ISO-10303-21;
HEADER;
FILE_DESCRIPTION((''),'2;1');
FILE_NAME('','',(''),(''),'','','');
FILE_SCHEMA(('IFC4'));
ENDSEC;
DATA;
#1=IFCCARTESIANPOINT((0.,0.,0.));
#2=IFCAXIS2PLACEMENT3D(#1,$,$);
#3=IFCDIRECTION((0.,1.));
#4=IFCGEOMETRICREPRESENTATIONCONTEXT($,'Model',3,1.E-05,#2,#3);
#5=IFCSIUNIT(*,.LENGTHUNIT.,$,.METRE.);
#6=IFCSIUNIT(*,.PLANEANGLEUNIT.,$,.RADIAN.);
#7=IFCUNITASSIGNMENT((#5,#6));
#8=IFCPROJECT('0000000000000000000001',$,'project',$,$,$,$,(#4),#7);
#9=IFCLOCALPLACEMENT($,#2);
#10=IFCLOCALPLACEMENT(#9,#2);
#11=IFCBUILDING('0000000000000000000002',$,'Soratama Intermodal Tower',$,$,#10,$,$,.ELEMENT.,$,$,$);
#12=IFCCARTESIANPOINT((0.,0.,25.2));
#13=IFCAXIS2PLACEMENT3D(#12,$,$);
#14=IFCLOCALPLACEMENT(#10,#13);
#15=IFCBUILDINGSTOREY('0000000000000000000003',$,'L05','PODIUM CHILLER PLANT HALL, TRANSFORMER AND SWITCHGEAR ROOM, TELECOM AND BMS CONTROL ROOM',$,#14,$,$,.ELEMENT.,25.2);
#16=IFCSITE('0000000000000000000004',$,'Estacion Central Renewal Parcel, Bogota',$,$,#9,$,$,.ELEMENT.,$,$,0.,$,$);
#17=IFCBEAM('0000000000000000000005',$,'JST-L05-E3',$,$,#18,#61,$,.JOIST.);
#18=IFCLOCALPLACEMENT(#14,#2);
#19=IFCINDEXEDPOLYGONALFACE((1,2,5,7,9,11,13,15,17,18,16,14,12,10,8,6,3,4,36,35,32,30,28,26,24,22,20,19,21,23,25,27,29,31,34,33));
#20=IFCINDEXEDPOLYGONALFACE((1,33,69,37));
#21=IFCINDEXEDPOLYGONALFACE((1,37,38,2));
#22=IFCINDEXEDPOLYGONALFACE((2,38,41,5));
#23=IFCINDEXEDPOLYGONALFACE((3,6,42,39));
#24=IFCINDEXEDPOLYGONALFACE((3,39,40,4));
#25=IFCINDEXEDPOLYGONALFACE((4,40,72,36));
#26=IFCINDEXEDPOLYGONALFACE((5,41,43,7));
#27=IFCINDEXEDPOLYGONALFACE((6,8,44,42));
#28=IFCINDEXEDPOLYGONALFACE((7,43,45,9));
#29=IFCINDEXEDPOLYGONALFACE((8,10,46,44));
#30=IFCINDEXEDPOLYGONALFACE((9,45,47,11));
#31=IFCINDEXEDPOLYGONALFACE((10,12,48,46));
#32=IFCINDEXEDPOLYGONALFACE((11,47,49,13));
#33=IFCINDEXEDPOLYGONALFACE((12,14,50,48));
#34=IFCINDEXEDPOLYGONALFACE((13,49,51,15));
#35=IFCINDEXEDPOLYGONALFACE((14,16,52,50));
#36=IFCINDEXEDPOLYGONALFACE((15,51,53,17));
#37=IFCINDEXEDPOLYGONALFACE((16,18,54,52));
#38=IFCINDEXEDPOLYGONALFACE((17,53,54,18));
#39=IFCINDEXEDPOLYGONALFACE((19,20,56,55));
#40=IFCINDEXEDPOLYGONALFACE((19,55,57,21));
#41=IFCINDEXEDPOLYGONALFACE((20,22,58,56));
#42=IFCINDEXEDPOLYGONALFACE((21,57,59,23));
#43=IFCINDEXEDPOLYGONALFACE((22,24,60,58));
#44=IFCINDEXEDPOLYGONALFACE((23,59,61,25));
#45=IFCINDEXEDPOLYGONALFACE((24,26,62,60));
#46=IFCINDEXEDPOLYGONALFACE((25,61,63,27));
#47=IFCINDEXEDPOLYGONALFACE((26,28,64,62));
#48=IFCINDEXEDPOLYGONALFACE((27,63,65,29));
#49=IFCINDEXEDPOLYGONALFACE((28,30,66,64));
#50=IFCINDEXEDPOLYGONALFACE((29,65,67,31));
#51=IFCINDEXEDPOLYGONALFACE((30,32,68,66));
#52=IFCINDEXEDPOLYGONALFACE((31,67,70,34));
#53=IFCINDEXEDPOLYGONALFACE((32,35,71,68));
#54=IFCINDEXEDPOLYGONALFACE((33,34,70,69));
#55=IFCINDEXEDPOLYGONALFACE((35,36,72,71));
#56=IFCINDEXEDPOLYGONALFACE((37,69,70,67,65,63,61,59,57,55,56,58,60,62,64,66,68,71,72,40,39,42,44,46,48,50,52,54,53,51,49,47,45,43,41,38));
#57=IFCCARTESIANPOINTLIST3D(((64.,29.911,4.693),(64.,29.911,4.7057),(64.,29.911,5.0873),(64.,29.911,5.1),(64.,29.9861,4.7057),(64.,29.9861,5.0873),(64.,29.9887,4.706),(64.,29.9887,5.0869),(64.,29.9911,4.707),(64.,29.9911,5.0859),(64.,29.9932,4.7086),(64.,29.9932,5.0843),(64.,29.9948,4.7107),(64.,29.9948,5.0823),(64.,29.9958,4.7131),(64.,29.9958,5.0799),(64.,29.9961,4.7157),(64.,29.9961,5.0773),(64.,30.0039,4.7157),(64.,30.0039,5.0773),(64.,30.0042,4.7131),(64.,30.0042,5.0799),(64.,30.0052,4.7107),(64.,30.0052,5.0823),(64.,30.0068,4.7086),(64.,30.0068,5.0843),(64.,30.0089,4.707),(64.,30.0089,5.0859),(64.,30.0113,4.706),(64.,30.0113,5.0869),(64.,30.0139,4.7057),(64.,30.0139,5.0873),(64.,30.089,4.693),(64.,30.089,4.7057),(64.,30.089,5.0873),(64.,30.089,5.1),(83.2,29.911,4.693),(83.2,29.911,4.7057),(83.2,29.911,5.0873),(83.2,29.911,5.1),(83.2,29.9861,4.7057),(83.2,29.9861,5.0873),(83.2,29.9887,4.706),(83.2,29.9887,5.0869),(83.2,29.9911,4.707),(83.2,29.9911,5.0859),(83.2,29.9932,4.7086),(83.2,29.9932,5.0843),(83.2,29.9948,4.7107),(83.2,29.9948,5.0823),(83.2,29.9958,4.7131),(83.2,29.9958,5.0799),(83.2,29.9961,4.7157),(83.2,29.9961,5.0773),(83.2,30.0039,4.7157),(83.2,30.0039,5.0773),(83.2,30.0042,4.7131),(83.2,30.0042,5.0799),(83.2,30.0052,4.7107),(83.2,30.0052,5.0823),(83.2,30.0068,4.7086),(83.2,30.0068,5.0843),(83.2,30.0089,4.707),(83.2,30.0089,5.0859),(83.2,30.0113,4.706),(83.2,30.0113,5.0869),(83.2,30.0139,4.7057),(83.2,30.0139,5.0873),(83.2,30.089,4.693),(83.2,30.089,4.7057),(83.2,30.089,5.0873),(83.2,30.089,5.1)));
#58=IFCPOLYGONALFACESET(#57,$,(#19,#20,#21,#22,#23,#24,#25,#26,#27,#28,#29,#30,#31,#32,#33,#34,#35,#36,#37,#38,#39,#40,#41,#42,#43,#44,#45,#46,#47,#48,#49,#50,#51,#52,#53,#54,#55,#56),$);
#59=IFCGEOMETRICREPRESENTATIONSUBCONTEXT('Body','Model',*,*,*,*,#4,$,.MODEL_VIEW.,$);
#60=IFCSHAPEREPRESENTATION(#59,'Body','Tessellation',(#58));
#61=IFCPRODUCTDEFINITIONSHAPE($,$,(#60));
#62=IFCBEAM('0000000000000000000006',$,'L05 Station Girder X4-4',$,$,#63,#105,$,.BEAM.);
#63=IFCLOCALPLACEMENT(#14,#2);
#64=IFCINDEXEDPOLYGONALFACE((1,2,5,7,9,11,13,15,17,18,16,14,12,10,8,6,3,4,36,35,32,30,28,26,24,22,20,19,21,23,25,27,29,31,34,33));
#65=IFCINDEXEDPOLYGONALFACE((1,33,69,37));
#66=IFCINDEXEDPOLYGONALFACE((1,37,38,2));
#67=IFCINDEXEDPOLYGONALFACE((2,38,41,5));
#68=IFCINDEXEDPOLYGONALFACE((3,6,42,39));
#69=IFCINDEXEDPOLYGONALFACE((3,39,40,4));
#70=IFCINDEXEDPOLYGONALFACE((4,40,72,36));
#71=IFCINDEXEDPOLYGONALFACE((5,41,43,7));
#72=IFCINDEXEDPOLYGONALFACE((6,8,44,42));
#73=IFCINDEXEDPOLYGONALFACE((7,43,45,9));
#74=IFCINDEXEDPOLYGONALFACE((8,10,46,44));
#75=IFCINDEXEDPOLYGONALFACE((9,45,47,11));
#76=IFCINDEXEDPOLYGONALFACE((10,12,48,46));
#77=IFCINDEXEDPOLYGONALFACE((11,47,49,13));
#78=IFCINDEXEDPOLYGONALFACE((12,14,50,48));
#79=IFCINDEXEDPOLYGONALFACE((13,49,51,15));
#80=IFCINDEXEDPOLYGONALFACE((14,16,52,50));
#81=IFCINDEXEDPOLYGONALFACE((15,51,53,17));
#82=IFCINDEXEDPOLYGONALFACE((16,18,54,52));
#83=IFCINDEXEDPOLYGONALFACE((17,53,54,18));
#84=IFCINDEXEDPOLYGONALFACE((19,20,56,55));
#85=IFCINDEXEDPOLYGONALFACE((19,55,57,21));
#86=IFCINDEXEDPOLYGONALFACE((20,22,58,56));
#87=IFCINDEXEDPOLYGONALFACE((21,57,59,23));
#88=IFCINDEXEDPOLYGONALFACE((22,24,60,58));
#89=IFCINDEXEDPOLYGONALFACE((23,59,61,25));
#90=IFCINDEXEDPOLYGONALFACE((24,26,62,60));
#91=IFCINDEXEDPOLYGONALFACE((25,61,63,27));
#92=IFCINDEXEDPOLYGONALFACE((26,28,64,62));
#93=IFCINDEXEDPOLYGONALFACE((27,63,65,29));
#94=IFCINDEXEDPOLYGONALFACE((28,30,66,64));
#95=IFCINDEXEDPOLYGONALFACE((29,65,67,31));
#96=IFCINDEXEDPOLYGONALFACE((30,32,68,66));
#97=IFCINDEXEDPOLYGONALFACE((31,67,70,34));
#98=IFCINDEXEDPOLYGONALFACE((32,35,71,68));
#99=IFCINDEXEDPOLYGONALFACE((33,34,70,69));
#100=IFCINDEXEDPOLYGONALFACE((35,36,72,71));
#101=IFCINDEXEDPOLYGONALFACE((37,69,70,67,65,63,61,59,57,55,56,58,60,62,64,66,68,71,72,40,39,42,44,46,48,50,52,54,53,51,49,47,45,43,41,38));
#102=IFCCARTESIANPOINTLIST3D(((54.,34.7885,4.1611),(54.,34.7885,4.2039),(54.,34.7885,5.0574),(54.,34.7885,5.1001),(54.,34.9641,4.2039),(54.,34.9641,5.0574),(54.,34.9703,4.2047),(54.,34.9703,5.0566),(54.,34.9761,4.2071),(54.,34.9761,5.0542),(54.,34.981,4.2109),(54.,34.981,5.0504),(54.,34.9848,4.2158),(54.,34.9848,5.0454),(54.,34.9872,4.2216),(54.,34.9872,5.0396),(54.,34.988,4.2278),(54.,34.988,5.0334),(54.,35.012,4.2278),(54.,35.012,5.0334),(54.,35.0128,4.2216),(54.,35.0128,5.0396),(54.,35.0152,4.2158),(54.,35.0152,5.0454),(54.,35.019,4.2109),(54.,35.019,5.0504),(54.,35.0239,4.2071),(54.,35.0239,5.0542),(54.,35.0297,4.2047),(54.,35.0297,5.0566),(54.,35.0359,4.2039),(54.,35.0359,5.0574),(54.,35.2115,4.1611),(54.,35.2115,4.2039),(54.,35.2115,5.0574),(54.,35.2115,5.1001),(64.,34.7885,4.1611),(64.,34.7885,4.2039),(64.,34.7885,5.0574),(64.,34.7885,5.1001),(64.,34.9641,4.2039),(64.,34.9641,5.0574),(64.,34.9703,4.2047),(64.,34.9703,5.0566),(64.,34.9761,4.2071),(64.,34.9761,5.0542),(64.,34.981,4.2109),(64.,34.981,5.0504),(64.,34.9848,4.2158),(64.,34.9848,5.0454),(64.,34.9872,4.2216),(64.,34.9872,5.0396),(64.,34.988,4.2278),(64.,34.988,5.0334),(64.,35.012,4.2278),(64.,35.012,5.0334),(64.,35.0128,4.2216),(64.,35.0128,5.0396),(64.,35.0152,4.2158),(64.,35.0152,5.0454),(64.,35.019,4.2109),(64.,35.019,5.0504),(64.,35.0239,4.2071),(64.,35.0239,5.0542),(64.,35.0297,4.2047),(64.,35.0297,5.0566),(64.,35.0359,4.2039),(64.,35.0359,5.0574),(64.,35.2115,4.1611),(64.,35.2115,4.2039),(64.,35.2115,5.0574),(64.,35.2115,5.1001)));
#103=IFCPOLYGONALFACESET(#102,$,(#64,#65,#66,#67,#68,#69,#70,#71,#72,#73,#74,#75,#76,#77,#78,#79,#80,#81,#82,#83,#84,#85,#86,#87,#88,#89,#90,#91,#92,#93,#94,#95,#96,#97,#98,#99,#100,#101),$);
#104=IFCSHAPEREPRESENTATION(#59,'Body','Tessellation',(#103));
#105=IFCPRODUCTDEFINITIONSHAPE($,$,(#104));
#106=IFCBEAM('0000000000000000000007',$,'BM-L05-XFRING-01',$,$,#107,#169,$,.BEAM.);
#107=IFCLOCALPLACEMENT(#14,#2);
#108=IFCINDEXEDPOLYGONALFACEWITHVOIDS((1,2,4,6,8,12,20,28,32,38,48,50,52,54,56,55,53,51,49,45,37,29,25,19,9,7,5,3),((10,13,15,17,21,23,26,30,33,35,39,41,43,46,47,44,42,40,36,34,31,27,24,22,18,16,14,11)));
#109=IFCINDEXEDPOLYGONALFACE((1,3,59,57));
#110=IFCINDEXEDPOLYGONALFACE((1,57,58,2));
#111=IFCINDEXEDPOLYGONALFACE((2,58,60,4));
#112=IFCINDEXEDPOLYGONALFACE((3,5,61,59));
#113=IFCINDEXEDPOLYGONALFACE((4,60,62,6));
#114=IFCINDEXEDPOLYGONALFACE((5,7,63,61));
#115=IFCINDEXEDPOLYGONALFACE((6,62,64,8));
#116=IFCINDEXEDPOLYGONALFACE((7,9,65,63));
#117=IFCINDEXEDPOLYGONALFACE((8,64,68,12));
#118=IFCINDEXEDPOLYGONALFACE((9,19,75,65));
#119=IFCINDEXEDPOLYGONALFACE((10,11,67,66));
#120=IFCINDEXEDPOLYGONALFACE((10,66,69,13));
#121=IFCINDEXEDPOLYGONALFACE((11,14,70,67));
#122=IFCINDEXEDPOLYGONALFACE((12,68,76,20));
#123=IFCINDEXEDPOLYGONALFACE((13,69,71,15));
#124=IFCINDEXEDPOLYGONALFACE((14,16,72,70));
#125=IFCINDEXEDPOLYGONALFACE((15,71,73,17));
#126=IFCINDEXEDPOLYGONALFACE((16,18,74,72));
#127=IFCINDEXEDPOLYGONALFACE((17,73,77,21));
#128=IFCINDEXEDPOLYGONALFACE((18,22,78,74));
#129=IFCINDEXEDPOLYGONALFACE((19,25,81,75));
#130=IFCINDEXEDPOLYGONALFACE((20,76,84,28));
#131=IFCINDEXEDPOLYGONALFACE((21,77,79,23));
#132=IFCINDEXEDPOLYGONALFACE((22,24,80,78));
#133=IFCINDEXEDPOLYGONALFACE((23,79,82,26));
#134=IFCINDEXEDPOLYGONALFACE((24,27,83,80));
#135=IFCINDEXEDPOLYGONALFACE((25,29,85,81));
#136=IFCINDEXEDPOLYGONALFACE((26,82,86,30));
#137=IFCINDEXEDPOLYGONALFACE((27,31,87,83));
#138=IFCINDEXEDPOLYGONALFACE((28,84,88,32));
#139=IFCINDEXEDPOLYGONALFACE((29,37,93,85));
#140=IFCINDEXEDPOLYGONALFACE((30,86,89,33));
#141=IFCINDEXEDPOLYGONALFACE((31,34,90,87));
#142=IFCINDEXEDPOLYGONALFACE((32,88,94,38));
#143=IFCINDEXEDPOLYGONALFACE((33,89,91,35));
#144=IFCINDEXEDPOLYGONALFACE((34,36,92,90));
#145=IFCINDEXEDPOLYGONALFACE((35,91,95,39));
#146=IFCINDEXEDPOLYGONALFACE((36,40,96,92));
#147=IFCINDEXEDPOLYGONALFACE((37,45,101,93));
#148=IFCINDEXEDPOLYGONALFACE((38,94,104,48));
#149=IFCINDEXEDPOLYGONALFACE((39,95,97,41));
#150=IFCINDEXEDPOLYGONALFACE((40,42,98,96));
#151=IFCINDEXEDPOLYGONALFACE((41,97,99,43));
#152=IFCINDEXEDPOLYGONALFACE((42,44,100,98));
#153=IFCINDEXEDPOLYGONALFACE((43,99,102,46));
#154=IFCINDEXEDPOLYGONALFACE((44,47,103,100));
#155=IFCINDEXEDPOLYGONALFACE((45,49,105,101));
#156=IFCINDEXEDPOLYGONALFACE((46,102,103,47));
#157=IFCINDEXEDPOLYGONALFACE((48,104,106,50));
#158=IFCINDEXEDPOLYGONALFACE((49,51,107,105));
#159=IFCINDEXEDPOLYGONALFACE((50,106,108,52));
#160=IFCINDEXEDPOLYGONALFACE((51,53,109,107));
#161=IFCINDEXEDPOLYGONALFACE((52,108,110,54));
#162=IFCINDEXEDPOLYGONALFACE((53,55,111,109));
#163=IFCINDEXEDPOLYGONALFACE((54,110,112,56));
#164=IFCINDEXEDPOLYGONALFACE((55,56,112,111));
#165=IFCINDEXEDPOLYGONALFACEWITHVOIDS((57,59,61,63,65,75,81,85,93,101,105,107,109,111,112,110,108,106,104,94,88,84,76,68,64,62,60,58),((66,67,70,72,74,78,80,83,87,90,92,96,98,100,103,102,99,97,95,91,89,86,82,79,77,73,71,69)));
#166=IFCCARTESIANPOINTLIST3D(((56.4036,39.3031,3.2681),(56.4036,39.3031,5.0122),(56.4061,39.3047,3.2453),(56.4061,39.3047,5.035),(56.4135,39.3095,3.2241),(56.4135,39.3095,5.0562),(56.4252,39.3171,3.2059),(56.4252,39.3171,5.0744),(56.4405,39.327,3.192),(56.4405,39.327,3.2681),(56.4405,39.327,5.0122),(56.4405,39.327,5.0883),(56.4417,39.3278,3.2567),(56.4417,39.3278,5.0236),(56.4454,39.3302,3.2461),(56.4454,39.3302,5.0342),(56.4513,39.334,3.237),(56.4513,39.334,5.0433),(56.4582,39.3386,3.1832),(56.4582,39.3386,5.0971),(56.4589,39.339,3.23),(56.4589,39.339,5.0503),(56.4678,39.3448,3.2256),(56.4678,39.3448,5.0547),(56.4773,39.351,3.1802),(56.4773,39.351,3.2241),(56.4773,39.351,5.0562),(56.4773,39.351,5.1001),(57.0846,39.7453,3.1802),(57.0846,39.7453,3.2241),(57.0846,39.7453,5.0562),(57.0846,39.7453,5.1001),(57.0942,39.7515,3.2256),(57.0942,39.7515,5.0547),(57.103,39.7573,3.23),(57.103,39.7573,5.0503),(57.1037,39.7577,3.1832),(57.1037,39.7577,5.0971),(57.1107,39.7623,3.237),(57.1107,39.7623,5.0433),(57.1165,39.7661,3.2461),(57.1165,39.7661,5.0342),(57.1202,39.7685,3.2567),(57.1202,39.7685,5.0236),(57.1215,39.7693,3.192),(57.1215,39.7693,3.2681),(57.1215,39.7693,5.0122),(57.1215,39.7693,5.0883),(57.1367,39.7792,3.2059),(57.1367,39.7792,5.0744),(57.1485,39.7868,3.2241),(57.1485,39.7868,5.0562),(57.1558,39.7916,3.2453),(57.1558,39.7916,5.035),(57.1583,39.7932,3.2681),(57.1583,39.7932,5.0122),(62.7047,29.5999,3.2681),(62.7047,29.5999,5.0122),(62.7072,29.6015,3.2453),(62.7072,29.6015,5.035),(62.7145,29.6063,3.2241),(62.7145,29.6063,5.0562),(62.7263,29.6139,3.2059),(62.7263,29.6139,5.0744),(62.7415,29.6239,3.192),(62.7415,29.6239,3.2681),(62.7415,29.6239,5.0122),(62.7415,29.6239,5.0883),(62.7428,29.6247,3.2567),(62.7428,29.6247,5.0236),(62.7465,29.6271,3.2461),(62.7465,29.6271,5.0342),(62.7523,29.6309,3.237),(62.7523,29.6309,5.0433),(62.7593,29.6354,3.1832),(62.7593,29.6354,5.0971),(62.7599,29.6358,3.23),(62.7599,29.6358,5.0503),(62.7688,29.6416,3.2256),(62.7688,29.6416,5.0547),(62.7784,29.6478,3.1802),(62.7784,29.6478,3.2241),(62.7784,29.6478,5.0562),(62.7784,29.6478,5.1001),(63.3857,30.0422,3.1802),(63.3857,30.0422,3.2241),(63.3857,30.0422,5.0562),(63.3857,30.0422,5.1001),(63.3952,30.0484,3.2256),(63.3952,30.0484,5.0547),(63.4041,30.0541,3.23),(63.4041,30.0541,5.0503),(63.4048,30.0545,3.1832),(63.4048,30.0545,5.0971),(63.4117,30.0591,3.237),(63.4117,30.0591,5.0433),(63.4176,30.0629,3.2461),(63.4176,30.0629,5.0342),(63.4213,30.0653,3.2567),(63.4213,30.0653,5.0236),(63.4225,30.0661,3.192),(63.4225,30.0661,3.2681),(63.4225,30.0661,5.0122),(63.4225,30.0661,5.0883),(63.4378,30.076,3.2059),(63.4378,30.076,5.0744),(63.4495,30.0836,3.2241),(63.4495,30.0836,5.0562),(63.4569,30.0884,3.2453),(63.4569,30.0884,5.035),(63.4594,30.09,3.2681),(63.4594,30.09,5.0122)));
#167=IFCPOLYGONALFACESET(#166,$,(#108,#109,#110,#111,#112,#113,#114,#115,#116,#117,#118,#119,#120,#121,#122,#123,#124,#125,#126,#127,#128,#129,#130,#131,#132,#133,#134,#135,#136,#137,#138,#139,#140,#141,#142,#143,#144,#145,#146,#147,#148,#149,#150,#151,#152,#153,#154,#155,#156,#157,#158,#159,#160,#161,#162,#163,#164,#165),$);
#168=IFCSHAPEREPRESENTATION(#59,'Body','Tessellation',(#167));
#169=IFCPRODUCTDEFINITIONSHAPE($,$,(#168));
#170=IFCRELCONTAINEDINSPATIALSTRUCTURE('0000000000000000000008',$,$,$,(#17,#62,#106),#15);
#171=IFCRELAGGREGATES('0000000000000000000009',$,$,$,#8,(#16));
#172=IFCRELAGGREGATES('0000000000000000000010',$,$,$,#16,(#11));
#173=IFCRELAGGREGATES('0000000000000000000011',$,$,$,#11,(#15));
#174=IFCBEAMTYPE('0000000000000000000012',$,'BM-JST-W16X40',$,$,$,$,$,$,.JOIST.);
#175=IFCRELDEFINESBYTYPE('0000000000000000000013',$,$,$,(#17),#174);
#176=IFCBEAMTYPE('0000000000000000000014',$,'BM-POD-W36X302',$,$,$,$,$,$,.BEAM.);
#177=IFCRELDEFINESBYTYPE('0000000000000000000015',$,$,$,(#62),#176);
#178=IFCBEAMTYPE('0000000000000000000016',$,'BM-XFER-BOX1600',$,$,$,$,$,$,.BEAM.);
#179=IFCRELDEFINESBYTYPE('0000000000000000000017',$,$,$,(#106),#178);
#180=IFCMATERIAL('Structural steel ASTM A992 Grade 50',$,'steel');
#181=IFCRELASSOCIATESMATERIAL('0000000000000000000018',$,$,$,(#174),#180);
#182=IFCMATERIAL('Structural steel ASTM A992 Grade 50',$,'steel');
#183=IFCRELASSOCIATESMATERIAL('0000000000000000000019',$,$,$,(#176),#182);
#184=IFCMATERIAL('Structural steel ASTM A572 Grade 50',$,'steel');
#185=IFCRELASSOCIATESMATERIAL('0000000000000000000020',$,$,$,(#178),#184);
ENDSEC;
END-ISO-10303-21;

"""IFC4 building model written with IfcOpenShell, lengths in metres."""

from ifc_helpers import new_model, si_unit, direction, frame, origin, origin_2d, place, context, subcontext, project, spatial, hollow_rectangle, i_section, extrude, material, material_profile, profile_set, type_object, element, save


model = new_model("IFC4")

# Units and contexts
model_context = context("Model", 3, precision=1e-05, world=origin(), true_north=direction((0.0, 1.0)))
body_context = subcontext(model_context, "Body", "Model", "MODEL_VIEW")
ifc_project = project(units=[si_unit("LENGTHUNIT", "METRE"), si_unit("PLANEANGLEUNIT", "RADIAN")], contexts=[model_context])

# Site, building, storey
site_placement = place(None, origin())
site = spatial("IfcSite", under=ifc_project, at=site_placement, Name="Estacion Central Renewal Parcel, Bogota", CompositionType="ELEMENT", RefElevation=0.0)
building_placement = place(site_placement, origin())
building = spatial("IfcBuilding", under=site, at=building_placement, Name="Soratama Intermodal Tower", CompositionType="ELEMENT")
storey_placement = place(building_placement, frame((0.0, 0.0, 25.2)))
storey = spatial("IfcBuildingStorey", under=building, at=storey_placement, Name="L05", Description="PODIUM CHILLER PLANT HALL, TRANSFORMER AND SWITCHGEAR ROOM, TELECOM AND BMS CONTROL ROOM", CompositionType="ELEMENT", Elevation=25.2)

# Beams
ifc_material_1 = material(Name="Structural steel ASTM A992 Grade 50", Category="steel")
ifc_material_profile_1 = material_profile(ifc_material_1, i_section(OverallWidth=0.178, OverallDepth=0.407, WebThickness=0.0078, FlangeThickness=0.0127, FilletRadius=0.01, at=origin_2d()), Name="W16X40")
ifc_profile_set_1 = profile_set([ifc_material_profile_1], Name="Structural steel ASTM A992 Grade 50")
beam_type_1 = type_object("IfcBeamType", Name="BM-JST-W16X40", PredefinedType="JOIST", material=ifc_profile_set_1)
beam_1_placement = place(storey_placement, frame((64.0, 30.0, 4.8965), z_axis=(1.0, 0.0, 0.0), x_axis=(0.0, 1.0, 0.0)))
element("IfcBeam", 1, at=beam_1_placement, inside=storey, type_object=beam_type_1, Name="JST-L05-E3", PredefinedType="JOIST", context=body_context, shape_type="SweptSolid", body=[
    extrude(i_section(OverallWidth=0.178, OverallDepth=0.407, WebThickness=0.0078, FlangeThickness=0.0127, FilletRadius=0.01, at=origin_2d()), origin(), (0.0, 0.0, 1.0), 19.2),
])
ifc_material_2 = material(Name="Structural steel ASTM A992 Grade 50", Category="steel")
ifc_material_profile_2 = material_profile(ifc_material_2, i_section(OverallWidth=0.4231, OverallDepth=0.939, WebThickness=0.0239, FlangeThickness=0.0427, FilletRadius=0.0239, at=origin_2d()), Name="W36X302")
ifc_profile_set_2 = profile_set([ifc_material_profile_2], Name="Structural steel ASTM A992 Grade 50")
beam_type_2 = type_object("IfcBeamType", Name="BM-POD-W36X302", PredefinedType="BEAM", material=ifc_profile_set_2)
beam_2_placement = place(storey_placement, frame((54.0, 35.0, 4.6306), z_axis=(1.0, 0.0, 0.0), x_axis=(0.0, 1.0, 0.0)))
element("IfcBeam", 2, at=beam_2_placement, inside=storey, type_object=beam_type_2, Name="L05 Station Girder X4-4", PredefinedType="BEAM", context=body_context, shape_type="SweptSolid", body=[
    extrude(i_section(OverallWidth=0.4231, OverallDepth=0.939, WebThickness=0.0239, FlangeThickness=0.0427, FilletRadius=0.0239, at=origin_2d()), origin(), (0.0, 0.0, 1.0), 10.0),
])
ifc_material_3 = material(Name="Structural steel ASTM A572 Grade 50", Category="steel")
ifc_material_profile_3 = material_profile(ifc_material_3, hollow_rectangle(XDim=0.8999, YDim=1.9199, WallThickness=0.0439, InnerFilletRadius=0.0439, OuterFilletRadius=0.0879, at=origin_2d()), Name="BOX1600X900X40")
ifc_profile_set_3 = profile_set([ifc_material_profile_3], Name="Structural steel ASTM A572 Grade 50")
beam_type_3 = type_object("IfcBeamType", Name="BM-XFER-BOX1600", PredefinedType="BEAM", material=ifc_profile_set_3)
beam_3_placement = place(storey_placement, frame((63.082, 29.845, 4.1401), z_axis=(-0.544623, 0.838681, 0.0), x_axis=(-0.838681, -0.544623, 0.0)))
element("IfcBeam", 3, at=beam_3_placement, inside=storey, type_object=beam_type_3, Name="BM-L05-XFRING-01", PredefinedType="BEAM", context=body_context, shape_type="SweptSolid", body=[
    extrude(hollow_rectangle(XDim=0.8999, YDim=1.9199, WallThickness=0.0439, InnerFilletRadius=0.0439, OuterFilletRadius=0.0879, at=origin_2d()), origin(), (0.0, 0.0, 1.0), 11.5696),
])

save(model, "model.ifc")
